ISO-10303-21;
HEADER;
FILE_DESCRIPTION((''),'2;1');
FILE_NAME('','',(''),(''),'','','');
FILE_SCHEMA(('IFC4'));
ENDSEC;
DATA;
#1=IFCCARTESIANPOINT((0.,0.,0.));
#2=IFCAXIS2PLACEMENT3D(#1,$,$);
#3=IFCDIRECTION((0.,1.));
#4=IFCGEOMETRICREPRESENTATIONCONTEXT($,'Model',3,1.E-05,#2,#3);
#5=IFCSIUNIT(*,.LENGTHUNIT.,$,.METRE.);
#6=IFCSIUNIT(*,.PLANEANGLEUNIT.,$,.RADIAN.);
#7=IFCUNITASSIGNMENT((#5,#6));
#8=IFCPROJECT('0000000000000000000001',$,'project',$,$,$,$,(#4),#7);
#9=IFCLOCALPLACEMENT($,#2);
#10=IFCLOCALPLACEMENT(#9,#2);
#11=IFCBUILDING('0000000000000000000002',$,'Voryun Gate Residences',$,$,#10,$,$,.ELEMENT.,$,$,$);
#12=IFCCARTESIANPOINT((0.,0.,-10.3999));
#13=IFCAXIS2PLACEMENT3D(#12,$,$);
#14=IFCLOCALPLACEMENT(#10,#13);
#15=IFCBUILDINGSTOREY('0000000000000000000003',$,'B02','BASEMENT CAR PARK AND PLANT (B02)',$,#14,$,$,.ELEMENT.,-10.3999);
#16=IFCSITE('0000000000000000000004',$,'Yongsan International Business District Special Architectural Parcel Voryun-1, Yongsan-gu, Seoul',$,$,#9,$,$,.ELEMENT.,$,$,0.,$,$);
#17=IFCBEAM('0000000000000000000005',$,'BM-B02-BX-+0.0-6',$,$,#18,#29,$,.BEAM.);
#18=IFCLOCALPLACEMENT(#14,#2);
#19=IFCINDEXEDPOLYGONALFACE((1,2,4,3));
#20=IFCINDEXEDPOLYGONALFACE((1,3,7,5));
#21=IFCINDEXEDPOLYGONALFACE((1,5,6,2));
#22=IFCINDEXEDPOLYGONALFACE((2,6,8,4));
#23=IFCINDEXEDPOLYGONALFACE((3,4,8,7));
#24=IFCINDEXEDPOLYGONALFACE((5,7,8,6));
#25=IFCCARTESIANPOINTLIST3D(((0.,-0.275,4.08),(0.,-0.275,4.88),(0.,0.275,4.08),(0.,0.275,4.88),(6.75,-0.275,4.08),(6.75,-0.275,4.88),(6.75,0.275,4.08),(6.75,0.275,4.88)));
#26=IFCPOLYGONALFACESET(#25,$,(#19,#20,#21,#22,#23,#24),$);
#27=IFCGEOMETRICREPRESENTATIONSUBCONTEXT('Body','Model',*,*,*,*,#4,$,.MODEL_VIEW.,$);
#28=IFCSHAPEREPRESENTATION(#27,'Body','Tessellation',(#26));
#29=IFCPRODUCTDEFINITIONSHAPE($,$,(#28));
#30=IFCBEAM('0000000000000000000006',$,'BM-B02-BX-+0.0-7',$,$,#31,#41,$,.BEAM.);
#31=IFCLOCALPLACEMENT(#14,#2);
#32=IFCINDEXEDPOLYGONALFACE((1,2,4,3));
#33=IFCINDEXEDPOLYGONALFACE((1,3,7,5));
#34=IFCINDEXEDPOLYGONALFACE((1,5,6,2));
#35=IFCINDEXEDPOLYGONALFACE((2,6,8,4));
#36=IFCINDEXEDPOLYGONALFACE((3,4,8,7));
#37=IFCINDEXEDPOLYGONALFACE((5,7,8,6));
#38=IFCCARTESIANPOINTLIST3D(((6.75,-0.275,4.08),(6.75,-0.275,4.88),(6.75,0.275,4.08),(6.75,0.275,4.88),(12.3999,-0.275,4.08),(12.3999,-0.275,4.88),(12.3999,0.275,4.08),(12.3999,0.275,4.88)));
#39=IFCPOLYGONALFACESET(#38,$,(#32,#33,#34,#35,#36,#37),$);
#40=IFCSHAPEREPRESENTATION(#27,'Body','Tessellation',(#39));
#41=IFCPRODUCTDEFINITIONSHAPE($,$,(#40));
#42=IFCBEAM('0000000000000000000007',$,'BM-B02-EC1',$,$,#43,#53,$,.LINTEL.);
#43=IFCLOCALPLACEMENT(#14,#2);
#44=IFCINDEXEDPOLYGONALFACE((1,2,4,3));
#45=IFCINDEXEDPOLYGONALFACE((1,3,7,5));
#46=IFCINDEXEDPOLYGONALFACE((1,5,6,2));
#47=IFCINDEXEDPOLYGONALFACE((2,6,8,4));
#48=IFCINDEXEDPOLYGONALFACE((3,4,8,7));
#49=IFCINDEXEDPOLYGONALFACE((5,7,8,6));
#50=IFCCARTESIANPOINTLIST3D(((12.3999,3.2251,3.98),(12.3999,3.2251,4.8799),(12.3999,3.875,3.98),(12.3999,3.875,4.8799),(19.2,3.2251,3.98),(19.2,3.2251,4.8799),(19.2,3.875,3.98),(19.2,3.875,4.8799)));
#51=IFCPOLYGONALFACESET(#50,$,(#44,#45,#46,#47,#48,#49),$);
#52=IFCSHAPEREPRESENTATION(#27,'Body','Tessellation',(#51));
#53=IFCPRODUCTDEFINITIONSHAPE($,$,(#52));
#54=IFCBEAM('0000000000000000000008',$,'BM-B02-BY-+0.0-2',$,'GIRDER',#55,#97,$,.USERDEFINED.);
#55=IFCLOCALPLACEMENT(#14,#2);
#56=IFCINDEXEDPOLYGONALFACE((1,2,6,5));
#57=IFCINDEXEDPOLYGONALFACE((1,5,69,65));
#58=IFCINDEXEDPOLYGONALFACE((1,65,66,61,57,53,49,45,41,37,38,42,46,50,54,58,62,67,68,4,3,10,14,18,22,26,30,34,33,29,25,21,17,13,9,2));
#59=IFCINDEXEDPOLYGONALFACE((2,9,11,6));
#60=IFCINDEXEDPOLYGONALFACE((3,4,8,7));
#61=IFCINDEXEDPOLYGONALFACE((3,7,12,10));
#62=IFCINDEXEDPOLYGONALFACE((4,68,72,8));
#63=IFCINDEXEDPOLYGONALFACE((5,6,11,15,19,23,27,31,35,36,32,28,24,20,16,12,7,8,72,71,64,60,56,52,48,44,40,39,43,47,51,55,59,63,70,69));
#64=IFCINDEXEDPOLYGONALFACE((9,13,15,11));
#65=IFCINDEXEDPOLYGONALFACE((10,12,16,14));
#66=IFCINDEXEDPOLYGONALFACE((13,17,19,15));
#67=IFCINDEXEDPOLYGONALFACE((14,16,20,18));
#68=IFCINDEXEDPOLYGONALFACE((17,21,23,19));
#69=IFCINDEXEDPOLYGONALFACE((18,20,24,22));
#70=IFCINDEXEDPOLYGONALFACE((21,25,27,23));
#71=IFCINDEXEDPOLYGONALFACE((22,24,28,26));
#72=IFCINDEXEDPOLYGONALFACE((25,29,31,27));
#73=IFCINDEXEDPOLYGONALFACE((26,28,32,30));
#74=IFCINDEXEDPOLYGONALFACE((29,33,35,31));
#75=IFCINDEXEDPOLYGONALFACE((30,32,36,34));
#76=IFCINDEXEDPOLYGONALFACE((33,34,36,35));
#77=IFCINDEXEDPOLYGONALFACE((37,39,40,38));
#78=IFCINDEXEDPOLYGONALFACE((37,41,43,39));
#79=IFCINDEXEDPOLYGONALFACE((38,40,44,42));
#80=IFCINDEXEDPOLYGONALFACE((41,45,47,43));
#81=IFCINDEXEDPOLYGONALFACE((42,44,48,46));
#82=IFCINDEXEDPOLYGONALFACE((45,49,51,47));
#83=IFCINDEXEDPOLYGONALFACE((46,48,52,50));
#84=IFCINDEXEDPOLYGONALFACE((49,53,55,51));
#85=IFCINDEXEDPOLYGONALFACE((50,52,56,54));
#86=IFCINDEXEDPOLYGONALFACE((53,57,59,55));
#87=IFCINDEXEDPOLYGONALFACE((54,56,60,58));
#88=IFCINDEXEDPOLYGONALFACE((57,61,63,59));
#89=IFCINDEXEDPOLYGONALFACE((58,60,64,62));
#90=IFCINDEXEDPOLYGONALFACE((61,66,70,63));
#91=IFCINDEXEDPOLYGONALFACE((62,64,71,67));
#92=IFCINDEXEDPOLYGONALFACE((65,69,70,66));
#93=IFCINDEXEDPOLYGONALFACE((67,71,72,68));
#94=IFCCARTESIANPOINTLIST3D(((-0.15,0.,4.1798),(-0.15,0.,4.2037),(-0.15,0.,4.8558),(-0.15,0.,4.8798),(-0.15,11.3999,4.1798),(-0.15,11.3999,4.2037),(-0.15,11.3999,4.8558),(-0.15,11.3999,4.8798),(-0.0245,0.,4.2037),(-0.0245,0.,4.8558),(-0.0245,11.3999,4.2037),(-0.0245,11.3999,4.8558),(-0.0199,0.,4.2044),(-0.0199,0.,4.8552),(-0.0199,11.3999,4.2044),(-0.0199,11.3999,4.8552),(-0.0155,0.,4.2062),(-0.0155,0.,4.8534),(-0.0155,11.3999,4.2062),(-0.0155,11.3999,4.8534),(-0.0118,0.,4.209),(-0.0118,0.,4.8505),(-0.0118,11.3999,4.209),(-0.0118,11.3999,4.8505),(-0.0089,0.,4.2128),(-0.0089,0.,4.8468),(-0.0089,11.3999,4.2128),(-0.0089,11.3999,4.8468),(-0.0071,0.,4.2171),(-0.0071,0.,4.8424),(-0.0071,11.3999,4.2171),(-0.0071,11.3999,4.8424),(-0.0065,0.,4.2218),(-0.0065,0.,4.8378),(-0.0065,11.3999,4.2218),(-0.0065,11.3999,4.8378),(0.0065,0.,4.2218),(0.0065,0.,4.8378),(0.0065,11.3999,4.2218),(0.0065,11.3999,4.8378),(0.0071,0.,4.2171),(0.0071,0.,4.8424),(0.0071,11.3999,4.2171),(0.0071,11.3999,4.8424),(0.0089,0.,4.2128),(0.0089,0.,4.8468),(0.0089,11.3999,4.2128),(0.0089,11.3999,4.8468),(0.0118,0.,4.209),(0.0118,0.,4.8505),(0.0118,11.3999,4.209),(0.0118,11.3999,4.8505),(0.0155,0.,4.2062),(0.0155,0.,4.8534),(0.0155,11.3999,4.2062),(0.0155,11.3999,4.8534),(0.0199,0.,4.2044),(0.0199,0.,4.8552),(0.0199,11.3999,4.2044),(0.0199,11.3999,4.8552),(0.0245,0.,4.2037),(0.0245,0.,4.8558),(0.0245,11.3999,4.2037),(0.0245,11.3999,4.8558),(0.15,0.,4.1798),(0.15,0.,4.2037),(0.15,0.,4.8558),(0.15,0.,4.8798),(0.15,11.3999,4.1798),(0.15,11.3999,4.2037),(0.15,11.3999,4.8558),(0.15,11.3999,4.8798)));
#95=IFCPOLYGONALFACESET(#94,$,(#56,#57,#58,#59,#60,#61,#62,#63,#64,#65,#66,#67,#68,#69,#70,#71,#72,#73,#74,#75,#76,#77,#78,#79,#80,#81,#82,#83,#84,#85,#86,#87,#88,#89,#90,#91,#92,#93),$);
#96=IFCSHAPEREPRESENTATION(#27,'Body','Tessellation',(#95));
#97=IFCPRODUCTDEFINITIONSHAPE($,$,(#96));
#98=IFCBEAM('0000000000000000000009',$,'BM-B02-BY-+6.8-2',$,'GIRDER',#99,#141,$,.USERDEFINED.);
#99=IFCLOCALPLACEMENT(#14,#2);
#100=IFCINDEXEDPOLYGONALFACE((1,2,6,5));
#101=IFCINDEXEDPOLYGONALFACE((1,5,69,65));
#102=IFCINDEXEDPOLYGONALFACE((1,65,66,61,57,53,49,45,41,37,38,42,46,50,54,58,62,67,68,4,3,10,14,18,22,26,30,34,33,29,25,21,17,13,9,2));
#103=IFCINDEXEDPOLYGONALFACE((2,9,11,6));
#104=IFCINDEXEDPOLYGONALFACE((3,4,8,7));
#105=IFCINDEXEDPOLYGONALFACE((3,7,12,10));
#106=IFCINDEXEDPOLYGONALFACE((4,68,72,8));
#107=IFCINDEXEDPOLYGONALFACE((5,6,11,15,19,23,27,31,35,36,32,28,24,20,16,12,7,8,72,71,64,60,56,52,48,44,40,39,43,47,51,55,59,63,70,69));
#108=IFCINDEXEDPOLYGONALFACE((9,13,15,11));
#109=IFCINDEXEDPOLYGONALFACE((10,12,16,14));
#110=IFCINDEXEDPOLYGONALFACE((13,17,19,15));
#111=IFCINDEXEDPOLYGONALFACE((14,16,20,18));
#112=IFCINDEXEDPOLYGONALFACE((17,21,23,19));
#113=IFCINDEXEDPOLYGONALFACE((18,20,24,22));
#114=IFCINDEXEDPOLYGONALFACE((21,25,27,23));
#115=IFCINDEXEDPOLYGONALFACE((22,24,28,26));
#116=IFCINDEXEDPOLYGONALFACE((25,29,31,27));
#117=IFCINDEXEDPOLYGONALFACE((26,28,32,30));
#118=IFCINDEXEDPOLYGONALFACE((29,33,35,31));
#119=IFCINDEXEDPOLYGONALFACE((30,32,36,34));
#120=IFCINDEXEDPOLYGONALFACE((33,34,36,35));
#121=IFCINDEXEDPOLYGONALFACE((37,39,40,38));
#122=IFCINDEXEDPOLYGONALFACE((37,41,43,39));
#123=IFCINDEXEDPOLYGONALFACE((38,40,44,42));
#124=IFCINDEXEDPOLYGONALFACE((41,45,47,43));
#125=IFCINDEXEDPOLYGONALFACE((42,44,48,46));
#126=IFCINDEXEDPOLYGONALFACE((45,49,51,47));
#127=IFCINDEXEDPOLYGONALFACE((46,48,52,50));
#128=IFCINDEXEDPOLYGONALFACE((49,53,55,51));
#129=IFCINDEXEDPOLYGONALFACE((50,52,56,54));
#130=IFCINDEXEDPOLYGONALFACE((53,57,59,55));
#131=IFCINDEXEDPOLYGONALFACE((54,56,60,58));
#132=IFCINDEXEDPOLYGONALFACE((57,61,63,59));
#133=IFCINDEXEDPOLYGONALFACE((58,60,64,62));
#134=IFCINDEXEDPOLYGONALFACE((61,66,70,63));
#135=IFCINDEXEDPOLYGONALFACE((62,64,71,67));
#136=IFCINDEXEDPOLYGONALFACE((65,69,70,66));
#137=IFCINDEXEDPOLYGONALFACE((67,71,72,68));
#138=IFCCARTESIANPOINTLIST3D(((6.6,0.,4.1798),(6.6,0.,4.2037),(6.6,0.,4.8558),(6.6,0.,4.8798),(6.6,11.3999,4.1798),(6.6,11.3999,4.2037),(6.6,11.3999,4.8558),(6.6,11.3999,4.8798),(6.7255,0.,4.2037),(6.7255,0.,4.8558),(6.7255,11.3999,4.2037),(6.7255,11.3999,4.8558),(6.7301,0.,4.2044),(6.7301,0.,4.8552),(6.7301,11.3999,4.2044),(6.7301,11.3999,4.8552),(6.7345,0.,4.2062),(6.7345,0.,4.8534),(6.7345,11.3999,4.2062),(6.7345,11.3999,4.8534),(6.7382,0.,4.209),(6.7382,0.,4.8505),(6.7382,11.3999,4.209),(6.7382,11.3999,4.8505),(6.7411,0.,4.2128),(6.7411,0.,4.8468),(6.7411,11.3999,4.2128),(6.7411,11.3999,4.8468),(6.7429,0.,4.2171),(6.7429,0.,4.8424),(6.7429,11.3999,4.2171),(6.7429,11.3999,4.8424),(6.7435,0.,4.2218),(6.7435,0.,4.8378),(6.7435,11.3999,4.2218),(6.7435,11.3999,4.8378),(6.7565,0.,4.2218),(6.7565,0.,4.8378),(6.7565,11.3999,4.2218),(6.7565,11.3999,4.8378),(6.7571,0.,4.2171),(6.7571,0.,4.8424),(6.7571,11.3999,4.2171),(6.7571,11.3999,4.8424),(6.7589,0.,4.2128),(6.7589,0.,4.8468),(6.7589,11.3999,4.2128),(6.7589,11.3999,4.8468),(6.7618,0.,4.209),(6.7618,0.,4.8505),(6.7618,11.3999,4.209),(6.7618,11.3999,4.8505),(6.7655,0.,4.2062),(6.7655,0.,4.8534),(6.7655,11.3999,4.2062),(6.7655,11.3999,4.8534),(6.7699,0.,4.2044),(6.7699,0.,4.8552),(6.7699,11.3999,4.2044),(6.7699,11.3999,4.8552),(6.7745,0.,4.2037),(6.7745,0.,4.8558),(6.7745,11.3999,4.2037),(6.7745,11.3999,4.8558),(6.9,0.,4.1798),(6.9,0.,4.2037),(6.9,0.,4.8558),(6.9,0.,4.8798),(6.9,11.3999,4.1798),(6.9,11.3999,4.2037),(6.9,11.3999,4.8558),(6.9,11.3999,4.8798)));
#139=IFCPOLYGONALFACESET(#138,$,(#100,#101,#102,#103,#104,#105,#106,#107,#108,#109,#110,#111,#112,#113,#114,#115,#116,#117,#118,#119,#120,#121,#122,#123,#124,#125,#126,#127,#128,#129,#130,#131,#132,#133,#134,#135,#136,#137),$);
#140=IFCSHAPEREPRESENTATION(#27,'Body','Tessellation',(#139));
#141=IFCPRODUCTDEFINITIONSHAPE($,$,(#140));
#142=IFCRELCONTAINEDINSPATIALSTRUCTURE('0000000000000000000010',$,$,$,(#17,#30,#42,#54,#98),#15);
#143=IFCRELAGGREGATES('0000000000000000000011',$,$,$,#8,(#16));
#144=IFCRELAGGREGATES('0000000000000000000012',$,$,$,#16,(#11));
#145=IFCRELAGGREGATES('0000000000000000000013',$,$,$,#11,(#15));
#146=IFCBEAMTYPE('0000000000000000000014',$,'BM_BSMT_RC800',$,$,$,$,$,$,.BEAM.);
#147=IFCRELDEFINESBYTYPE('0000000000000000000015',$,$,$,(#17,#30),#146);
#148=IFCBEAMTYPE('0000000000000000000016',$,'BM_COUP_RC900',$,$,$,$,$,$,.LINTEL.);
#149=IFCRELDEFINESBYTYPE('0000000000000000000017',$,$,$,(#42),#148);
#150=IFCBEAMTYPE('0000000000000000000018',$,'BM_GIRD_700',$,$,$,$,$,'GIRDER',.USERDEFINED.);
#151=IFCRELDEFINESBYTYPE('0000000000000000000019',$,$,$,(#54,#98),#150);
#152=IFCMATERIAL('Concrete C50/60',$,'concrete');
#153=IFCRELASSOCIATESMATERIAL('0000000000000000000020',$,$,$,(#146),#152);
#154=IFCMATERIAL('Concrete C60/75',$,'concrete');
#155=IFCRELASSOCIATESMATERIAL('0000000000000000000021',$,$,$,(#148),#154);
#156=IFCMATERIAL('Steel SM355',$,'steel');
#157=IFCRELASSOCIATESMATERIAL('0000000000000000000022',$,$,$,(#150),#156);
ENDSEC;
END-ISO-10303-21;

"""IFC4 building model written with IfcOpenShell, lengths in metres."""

from ifc_helpers import new_model, si_unit, direction, frame, origin, origin_2d, place, context, subcontext, project, spatial, rectangle, i_section, extrude, material, material_profile, profile_set, type_object, element, save


model = new_model("IFC4")

# Units and contexts
model_context = context("Model", 3, precision=1e-05, world=origin(), true_north=direction((0.0, 1.0)))
body_context = subcontext(model_context, "Body", "Model", "MODEL_VIEW")
ifc_project = project(units=[si_unit("LENGTHUNIT", "METRE"), si_unit("PLANEANGLEUNIT", "RADIAN")], contexts=[model_context])

# Site, building, storey
site_placement = place(None, origin())
site = spatial("IfcSite", under=ifc_project, at=site_placement, Name="Yongsan International Business District Special Architectural Parcel Voryun-1, Yongsan-gu, Seoul", CompositionType="ELEMENT", RefElevation=0.0)
building_placement = place(site_placement, origin())
building = spatial("IfcBuilding", under=site, at=building_placement, Name="Voryun Gate Residences", CompositionType="ELEMENT")
storey_placement = place(building_placement, frame((0.0, 0.0, -10.3999)))
storey = spatial("IfcBuildingStorey", under=building, at=storey_placement, Name="B02", Description="BASEMENT CAR PARK AND PLANT (B02)", CompositionType="ELEMENT", Elevation=-10.3999)

# Beams
ifc_material_1 = material(Name="Concrete C50/60", Category="concrete")
ifc_material_profile_1 = material_profile(ifc_material_1, rectangle(XDim=0.55, YDim=0.8, at=origin_2d()), Name="RC-550x800")
ifc_profile_set_1 = profile_set([ifc_material_profile_1], Name="Concrete C50/60")
beam_type_1 = type_object("IfcBeamType", Name="BM_BSMT_RC800", PredefinedType="BEAM", material=ifc_profile_set_1)
beam_1_placement = place(storey_placement, frame((0.0, 0.0, 4.48), z_axis=(1.0, 0.0, 0.0), x_axis=(0.0, 1.0, 0.0)))
element("IfcBeam", 1, at=beam_1_placement, inside=storey, type_object=beam_type_1, Name="BM-B02-BX-+0.0-6", PredefinedType="BEAM", context=body_context, shape_type="SweptSolid", body=[
    extrude(rectangle(XDim=0.55, YDim=0.8, at=origin_2d()), origin(), (0.0, 0.0, 1.0), 6.75),
])
beam_2_placement = place(storey_placement, frame((6.75, 0.0, 4.48), z_axis=(1.0, 0.0, 0.0), x_axis=(0.0, 1.0, 0.0)))
element("IfcBeam", 2, at=beam_2_placement, inside=storey, type_object=beam_type_1, Name="BM-B02-BX-+0.0-7", PredefinedType="BEAM", context=body_context, shape_type="SweptSolid", body=[
    extrude(rectangle(XDim=0.55, YDim=0.8, at=origin_2d()), origin(), (0.0, 0.0, 1.0), 5.6499),
])
ifc_material_2 = material(Name="Concrete C60/75", Category="concrete")
ifc_material_profile_2 = material_profile(ifc_material_2, rectangle(XDim=0.6499, YDim=0.8999, at=origin_2d()), Name="RC-650x900")
ifc_profile_set_2 = profile_set([ifc_material_profile_2], Name="Concrete C60/75")
beam_type_2 = type_object("IfcBeamType", Name="BM_COUP_RC900", PredefinedType="LINTEL", material=ifc_profile_set_2)
beam_3_placement = place(storey_placement, frame((12.3999, 3.55, 4.4299), z_axis=(1.0, 0.0, 0.0), x_axis=(0.0, 1.0, 0.0)))
element("IfcBeam", 3, at=beam_3_placement, inside=storey, type_object=beam_type_2, Name="BM-B02-EC1", PredefinedType="LINTEL", context=body_context, shape_type="SweptSolid", body=[
    extrude(rectangle(XDim=0.6499, YDim=0.8999, at=origin_2d()), origin(), (0.0, 0.0, 1.0), 6.8),
])
ifc_material_3 = material(Name="Steel SM355", Category="steel")
ifc_material_profile_3 = material_profile(ifc_material_3, i_section(OverallWidth=0.3, OverallDepth=0.7, WebThickness=0.0129, FlangeThickness=0.0239, FilletRadius=0.0181, at=origin_2d()), Name="H-700x300x13x24")
ifc_profile_set_3 = profile_set([ifc_material_profile_3], Name="Steel SM355")
beam_type_3 = type_object("IfcBeamType", Name="BM_GIRD_700", ElementType="GIRDER", PredefinedType="USERDEFINED", material=ifc_profile_set_3)
for number, where, z_axis, x_axis, name in (
    (4, (0.0, 0.0, 4.5298), (0.0, 1.0, 0.0), (-1.0, 0.0, 0.0), "BM-B02-BY-+0.0-2"),
    (5, (6.75, 0.0, 4.5298), (0.0, 1.0, 0.0), (-1.0, 0.0, 0.0), "BM-B02-BY-+6.8-2"),
):
    element("IfcBeam", number, at=place(storey_placement, frame(where, z_axis=z_axis, x_axis=x_axis)), inside=storey, type_object=beam_type_3, Name=name, ObjectType="GIRDER", PredefinedType="USERDEFINED", context=body_context, shape_type="SweptSolid", body=[
        extrude(i_section(OverallWidth=0.3, OverallDepth=0.7, WebThickness=0.0129, FlangeThickness=0.0239, FilletRadius=0.0181, at=origin_2d()), origin(), (0.0, 0.0, 1.0), 11.3999),
    ])

save(model, "model.ifc")
